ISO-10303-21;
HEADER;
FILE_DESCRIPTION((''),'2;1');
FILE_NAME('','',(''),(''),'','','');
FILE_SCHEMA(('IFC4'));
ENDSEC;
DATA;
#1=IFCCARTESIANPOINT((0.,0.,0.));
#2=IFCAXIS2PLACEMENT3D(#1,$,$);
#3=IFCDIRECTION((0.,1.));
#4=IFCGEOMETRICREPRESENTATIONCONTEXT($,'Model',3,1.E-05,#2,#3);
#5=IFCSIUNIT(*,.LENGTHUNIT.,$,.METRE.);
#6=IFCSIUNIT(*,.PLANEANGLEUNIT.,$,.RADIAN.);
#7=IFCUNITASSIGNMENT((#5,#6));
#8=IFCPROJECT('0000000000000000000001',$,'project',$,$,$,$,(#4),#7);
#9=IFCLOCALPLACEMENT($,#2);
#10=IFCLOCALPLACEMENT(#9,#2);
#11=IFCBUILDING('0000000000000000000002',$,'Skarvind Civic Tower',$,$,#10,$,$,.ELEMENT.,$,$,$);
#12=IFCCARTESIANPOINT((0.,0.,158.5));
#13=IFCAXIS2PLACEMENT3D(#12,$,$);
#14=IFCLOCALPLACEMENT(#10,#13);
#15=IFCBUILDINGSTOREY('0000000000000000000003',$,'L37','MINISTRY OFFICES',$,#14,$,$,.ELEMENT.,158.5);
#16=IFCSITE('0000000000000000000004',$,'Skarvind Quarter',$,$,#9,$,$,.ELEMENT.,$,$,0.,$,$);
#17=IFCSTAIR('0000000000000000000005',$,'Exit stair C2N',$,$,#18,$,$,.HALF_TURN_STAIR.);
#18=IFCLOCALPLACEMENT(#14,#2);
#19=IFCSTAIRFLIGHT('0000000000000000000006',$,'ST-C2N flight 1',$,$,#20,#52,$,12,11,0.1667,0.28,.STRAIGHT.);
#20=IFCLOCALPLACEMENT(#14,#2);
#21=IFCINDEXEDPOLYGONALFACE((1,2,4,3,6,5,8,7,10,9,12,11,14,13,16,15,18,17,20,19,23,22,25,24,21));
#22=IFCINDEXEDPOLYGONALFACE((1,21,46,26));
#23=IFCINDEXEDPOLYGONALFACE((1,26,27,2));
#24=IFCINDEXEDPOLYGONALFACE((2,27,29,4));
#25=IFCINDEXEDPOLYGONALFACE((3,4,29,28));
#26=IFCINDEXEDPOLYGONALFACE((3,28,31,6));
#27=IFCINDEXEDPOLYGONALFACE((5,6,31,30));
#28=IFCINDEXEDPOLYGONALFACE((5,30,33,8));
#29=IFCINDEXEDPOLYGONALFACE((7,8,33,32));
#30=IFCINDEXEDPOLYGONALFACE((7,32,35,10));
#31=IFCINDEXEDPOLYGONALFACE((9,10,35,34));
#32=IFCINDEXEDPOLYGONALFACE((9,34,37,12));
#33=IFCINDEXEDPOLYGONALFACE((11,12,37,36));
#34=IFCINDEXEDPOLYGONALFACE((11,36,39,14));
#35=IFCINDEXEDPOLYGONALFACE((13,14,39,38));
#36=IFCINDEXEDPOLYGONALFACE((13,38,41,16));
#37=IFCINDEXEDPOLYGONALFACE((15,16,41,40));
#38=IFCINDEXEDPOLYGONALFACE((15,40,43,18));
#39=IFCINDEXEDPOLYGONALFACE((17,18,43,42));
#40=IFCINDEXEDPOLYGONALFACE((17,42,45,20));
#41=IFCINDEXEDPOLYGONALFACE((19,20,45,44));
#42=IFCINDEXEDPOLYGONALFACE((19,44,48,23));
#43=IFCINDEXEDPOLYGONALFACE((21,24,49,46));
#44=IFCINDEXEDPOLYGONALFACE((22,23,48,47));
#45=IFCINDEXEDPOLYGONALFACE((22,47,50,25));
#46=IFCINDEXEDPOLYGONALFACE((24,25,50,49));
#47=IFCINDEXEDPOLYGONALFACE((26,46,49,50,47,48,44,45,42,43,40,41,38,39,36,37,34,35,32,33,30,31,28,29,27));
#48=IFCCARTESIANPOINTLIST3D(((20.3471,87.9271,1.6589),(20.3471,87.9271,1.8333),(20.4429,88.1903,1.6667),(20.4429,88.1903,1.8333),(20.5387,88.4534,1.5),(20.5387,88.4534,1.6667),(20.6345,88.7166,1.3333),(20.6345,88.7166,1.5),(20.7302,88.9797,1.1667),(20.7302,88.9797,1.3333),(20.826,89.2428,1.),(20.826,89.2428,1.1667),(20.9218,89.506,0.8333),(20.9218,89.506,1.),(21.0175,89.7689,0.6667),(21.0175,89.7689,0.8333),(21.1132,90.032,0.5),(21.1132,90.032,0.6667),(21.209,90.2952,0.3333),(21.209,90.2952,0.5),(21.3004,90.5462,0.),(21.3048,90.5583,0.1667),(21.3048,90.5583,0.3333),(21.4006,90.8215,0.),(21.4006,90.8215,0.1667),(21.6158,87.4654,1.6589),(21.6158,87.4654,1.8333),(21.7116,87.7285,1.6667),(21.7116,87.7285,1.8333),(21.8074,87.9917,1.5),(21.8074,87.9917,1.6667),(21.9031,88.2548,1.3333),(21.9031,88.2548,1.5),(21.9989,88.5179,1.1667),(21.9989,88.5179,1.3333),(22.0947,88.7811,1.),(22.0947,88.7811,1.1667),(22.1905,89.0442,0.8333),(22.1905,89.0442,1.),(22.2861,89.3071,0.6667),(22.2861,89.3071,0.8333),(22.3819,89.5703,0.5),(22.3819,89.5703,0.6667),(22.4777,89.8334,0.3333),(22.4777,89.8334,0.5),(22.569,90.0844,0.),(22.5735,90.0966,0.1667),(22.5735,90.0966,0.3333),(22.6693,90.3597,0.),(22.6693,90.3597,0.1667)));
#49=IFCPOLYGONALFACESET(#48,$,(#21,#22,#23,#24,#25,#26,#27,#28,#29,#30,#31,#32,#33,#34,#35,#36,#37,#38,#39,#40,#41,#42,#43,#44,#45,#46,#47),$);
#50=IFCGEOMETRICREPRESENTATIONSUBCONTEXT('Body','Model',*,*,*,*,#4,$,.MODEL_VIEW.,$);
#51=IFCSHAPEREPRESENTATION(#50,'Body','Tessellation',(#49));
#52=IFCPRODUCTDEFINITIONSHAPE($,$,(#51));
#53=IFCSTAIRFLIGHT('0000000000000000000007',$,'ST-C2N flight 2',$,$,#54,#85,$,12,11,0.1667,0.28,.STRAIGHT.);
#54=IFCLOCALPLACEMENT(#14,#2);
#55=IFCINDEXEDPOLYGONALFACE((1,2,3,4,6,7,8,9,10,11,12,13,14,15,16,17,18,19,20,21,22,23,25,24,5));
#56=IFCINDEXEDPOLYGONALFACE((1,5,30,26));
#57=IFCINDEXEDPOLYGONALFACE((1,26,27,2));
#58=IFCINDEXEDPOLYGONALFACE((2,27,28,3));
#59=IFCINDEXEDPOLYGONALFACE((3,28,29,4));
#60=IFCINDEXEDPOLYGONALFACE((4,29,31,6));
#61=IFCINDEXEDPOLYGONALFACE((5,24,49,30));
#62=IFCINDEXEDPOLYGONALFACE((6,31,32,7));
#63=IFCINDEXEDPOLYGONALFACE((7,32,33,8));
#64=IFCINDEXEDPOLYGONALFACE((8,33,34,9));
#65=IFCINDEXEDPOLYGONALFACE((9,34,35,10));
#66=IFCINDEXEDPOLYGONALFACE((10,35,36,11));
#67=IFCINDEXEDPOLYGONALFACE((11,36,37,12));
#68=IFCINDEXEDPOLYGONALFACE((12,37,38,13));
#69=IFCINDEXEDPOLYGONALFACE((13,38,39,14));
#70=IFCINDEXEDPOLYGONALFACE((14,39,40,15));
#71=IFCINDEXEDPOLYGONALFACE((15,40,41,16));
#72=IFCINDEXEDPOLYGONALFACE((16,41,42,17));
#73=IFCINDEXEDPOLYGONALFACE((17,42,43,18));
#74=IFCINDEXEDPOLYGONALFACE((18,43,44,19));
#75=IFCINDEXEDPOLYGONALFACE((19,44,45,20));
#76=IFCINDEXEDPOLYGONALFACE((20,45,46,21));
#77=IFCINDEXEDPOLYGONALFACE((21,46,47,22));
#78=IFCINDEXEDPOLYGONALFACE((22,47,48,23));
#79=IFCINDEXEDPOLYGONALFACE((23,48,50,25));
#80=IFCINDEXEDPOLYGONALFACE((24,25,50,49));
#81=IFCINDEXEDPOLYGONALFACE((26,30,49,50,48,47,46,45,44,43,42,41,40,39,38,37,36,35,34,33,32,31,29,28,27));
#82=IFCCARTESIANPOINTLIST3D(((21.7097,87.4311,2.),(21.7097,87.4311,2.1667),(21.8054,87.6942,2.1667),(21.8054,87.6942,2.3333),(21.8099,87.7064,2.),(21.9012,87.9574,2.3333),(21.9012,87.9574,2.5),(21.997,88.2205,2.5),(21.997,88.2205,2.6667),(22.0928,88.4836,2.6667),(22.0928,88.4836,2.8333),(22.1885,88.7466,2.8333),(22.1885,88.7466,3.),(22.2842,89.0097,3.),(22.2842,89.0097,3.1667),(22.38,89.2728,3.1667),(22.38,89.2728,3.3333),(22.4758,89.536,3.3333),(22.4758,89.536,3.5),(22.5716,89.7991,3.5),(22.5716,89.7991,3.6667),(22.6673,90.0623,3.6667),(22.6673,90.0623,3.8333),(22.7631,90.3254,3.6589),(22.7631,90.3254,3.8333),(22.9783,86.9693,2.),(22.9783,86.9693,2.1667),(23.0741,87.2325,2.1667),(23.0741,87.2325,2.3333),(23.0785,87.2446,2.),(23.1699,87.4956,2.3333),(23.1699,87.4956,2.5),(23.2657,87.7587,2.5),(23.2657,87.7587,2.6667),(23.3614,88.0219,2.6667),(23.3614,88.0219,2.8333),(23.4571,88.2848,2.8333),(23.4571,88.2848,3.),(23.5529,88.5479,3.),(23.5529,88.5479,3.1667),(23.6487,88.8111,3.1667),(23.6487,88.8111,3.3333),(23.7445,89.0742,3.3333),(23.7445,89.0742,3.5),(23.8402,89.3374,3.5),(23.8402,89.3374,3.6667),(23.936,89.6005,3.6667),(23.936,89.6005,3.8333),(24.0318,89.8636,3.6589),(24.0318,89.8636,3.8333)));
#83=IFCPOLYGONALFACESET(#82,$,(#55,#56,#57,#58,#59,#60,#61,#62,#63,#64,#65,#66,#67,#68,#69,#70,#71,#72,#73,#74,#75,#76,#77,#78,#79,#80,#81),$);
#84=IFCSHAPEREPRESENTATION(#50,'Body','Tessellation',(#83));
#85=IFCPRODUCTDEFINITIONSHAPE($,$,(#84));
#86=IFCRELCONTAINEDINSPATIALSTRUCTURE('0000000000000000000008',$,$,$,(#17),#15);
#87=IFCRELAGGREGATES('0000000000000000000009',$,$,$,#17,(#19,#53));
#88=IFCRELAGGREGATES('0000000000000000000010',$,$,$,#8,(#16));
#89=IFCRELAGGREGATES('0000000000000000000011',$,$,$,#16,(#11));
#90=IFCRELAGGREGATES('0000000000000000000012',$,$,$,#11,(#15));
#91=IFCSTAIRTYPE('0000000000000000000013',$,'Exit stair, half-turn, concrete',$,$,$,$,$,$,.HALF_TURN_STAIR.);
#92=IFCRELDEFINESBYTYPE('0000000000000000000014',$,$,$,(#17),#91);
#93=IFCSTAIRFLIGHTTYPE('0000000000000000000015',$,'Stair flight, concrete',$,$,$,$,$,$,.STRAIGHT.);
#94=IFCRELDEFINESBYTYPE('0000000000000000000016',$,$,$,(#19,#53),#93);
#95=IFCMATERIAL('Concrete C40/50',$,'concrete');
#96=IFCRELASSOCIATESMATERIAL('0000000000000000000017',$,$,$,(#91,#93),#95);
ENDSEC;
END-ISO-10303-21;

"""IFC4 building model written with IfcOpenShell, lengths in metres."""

from ifc_helpers import new_model, si_unit, direction, frame, origin, place, context, subcontext, project, spatial, polyline, outline, extrude, material, type_object, element, aggregate, save


model = new_model("IFC4")

# Units and contexts
model_context = context("Model", 3, precision=1e-05, world=origin(), true_north=direction((0.0, 1.0)))
body_context = subcontext(model_context, "Body", "Model", "MODEL_VIEW")
ifc_project = project(units=[si_unit("LENGTHUNIT", "METRE"), si_unit("PLANEANGLEUNIT", "RADIAN")], contexts=[model_context])

# Site, building, storey
site_placement = place(None, origin())
site = spatial("IfcSite", under=ifc_project, at=site_placement, Name="Skarvind Quarter", CompositionType="ELEMENT", RefElevation=0.0)
building_placement = place(site_placement, origin())
building = spatial("IfcBuilding", under=site, at=building_placement, Name="Skarvind Civic Tower", CompositionType="ELEMENT")
storey_placement = place(building_placement, frame((0.0, 0.0, 158.5)))
storey = spatial("IfcBuildingStorey", under=building, at=storey_placement, Name="L37", Description="MINISTRY OFFICES", CompositionType="ELEMENT", Elevation=158.5)

# Stair, stair flights
ifc_material_1 = material(Name="Concrete C40/50", Category="concrete")
stair_type = type_object("IfcStairType", Name="Exit stair, half-turn, concrete", PredefinedType="HALF_TURN_STAIR", material=ifc_material_1)
stair_placement = place(storey_placement, origin())
stair = element("IfcStair", 1, at=stair_placement, inside=storey, type_object=stair_type, Name="Exit stair C2N", PredefinedType="HALF_TURN_STAIR")
stair_flight_type = type_object("IfcStairFlightType", Name="Stair flight, concrete", PredefinedType="STRAIGHT", material=ifc_material_1)
stair_flight_1_placement = place(storey_placement, frame((22.0349, 90.5906, 0.0), z_axis=(0.0, 0.0, 1.0), x_axis=(-0.34202, -0.939693, 0.0)))
stair_flight_1 = element("IfcStairFlight", 2, at=stair_flight_1_placement, type_object=stair_flight_type, Name="ST-C2N flight 1", NumberOfRisers=12, NumberOfTreads=11, PredefinedType="STRAIGHT", RiserHeight=0.1667, TreadLength=0.28, context=body_context, shape_type="SweptSolid", body=[
    extrude(outline(polyline([(0.0, 0.0), (0.0, 0.1667), (0.28, 0.1667), (0.28, 0.3333), (0.5601, 0.3333), (0.5601, 0.5), (0.8401, 0.5), (0.8401, 0.6667), (1.1201, 0.6667), (1.1201, 0.8333), (1.3999, 0.8333), (1.3999, 1.0), (1.6799, 1.0), (1.6799, 1.1667), (1.96, 1.1667), (1.96, 1.3333), (2.24, 1.3333), (2.24, 1.5), (2.52, 1.5), (2.52, 1.6667), (2.8, 1.6667), (2.8, 1.8333), (3.0801, 1.8333), (3.0801, 2.0), (3.0801, 1.6589), (0.293, 0.0), (0.0, 0.0)])), frame((0.0, 0.675, 0.0), z_axis=(0.0, -1.0, 0.0), x_axis=(1.0, 0.0, 0.0)), (0.0, 0.0, 1.0), 1.3501),
])
stair_flight_2_placement = place(storey_placement, frame((22.344, 87.2002, 2.0), z_axis=(0.0, 0.0, 1.0), x_axis=(0.34202, 0.939693, 0.0)))
stair_flight_2 = element("IfcStairFlight", 3, at=stair_flight_2_placement, type_object=stair_flight_type, Name="ST-C2N flight 2", NumberOfRisers=12, NumberOfTreads=11, PredefinedType="STRAIGHT", RiserHeight=0.1667, TreadLength=0.28, context=body_context, shape_type="SweptSolid", body=[
    extrude(outline(polyline([(0.0, 0.0), (0.0, 0.1667), (0.28, 0.1667), (0.28, 0.3333), (0.5601, 0.3333), (0.5601, 0.5), (0.8401, 0.5), (0.8401, 0.6667), (1.1201, 0.6667), (1.1201, 0.8333), (1.3999, 0.8333), (1.3999, 1.0), (1.6799, 1.0), (1.6799, 1.1667), (1.96, 1.1667), (1.96, 1.3333), (2.24, 1.3333), (2.24, 1.5), (2.52, 1.5), (2.52, 1.6667), (2.8, 1.6667), (2.8, 1.8333), (3.0801, 1.8333), (3.0801, 2.0), (3.0801, 1.6589), (0.293, 0.0), (0.0, 0.0)])), frame((0.0, 0.675, 0.0), z_axis=(0.0, -1.0, 0.0), x_axis=(1.0, 0.0, 0.0)), (0.0, 0.0, 1.0), 1.3501),
])
aggregate(stair, [stair_flight_1, stair_flight_2])

save(model, "model.ifc")
